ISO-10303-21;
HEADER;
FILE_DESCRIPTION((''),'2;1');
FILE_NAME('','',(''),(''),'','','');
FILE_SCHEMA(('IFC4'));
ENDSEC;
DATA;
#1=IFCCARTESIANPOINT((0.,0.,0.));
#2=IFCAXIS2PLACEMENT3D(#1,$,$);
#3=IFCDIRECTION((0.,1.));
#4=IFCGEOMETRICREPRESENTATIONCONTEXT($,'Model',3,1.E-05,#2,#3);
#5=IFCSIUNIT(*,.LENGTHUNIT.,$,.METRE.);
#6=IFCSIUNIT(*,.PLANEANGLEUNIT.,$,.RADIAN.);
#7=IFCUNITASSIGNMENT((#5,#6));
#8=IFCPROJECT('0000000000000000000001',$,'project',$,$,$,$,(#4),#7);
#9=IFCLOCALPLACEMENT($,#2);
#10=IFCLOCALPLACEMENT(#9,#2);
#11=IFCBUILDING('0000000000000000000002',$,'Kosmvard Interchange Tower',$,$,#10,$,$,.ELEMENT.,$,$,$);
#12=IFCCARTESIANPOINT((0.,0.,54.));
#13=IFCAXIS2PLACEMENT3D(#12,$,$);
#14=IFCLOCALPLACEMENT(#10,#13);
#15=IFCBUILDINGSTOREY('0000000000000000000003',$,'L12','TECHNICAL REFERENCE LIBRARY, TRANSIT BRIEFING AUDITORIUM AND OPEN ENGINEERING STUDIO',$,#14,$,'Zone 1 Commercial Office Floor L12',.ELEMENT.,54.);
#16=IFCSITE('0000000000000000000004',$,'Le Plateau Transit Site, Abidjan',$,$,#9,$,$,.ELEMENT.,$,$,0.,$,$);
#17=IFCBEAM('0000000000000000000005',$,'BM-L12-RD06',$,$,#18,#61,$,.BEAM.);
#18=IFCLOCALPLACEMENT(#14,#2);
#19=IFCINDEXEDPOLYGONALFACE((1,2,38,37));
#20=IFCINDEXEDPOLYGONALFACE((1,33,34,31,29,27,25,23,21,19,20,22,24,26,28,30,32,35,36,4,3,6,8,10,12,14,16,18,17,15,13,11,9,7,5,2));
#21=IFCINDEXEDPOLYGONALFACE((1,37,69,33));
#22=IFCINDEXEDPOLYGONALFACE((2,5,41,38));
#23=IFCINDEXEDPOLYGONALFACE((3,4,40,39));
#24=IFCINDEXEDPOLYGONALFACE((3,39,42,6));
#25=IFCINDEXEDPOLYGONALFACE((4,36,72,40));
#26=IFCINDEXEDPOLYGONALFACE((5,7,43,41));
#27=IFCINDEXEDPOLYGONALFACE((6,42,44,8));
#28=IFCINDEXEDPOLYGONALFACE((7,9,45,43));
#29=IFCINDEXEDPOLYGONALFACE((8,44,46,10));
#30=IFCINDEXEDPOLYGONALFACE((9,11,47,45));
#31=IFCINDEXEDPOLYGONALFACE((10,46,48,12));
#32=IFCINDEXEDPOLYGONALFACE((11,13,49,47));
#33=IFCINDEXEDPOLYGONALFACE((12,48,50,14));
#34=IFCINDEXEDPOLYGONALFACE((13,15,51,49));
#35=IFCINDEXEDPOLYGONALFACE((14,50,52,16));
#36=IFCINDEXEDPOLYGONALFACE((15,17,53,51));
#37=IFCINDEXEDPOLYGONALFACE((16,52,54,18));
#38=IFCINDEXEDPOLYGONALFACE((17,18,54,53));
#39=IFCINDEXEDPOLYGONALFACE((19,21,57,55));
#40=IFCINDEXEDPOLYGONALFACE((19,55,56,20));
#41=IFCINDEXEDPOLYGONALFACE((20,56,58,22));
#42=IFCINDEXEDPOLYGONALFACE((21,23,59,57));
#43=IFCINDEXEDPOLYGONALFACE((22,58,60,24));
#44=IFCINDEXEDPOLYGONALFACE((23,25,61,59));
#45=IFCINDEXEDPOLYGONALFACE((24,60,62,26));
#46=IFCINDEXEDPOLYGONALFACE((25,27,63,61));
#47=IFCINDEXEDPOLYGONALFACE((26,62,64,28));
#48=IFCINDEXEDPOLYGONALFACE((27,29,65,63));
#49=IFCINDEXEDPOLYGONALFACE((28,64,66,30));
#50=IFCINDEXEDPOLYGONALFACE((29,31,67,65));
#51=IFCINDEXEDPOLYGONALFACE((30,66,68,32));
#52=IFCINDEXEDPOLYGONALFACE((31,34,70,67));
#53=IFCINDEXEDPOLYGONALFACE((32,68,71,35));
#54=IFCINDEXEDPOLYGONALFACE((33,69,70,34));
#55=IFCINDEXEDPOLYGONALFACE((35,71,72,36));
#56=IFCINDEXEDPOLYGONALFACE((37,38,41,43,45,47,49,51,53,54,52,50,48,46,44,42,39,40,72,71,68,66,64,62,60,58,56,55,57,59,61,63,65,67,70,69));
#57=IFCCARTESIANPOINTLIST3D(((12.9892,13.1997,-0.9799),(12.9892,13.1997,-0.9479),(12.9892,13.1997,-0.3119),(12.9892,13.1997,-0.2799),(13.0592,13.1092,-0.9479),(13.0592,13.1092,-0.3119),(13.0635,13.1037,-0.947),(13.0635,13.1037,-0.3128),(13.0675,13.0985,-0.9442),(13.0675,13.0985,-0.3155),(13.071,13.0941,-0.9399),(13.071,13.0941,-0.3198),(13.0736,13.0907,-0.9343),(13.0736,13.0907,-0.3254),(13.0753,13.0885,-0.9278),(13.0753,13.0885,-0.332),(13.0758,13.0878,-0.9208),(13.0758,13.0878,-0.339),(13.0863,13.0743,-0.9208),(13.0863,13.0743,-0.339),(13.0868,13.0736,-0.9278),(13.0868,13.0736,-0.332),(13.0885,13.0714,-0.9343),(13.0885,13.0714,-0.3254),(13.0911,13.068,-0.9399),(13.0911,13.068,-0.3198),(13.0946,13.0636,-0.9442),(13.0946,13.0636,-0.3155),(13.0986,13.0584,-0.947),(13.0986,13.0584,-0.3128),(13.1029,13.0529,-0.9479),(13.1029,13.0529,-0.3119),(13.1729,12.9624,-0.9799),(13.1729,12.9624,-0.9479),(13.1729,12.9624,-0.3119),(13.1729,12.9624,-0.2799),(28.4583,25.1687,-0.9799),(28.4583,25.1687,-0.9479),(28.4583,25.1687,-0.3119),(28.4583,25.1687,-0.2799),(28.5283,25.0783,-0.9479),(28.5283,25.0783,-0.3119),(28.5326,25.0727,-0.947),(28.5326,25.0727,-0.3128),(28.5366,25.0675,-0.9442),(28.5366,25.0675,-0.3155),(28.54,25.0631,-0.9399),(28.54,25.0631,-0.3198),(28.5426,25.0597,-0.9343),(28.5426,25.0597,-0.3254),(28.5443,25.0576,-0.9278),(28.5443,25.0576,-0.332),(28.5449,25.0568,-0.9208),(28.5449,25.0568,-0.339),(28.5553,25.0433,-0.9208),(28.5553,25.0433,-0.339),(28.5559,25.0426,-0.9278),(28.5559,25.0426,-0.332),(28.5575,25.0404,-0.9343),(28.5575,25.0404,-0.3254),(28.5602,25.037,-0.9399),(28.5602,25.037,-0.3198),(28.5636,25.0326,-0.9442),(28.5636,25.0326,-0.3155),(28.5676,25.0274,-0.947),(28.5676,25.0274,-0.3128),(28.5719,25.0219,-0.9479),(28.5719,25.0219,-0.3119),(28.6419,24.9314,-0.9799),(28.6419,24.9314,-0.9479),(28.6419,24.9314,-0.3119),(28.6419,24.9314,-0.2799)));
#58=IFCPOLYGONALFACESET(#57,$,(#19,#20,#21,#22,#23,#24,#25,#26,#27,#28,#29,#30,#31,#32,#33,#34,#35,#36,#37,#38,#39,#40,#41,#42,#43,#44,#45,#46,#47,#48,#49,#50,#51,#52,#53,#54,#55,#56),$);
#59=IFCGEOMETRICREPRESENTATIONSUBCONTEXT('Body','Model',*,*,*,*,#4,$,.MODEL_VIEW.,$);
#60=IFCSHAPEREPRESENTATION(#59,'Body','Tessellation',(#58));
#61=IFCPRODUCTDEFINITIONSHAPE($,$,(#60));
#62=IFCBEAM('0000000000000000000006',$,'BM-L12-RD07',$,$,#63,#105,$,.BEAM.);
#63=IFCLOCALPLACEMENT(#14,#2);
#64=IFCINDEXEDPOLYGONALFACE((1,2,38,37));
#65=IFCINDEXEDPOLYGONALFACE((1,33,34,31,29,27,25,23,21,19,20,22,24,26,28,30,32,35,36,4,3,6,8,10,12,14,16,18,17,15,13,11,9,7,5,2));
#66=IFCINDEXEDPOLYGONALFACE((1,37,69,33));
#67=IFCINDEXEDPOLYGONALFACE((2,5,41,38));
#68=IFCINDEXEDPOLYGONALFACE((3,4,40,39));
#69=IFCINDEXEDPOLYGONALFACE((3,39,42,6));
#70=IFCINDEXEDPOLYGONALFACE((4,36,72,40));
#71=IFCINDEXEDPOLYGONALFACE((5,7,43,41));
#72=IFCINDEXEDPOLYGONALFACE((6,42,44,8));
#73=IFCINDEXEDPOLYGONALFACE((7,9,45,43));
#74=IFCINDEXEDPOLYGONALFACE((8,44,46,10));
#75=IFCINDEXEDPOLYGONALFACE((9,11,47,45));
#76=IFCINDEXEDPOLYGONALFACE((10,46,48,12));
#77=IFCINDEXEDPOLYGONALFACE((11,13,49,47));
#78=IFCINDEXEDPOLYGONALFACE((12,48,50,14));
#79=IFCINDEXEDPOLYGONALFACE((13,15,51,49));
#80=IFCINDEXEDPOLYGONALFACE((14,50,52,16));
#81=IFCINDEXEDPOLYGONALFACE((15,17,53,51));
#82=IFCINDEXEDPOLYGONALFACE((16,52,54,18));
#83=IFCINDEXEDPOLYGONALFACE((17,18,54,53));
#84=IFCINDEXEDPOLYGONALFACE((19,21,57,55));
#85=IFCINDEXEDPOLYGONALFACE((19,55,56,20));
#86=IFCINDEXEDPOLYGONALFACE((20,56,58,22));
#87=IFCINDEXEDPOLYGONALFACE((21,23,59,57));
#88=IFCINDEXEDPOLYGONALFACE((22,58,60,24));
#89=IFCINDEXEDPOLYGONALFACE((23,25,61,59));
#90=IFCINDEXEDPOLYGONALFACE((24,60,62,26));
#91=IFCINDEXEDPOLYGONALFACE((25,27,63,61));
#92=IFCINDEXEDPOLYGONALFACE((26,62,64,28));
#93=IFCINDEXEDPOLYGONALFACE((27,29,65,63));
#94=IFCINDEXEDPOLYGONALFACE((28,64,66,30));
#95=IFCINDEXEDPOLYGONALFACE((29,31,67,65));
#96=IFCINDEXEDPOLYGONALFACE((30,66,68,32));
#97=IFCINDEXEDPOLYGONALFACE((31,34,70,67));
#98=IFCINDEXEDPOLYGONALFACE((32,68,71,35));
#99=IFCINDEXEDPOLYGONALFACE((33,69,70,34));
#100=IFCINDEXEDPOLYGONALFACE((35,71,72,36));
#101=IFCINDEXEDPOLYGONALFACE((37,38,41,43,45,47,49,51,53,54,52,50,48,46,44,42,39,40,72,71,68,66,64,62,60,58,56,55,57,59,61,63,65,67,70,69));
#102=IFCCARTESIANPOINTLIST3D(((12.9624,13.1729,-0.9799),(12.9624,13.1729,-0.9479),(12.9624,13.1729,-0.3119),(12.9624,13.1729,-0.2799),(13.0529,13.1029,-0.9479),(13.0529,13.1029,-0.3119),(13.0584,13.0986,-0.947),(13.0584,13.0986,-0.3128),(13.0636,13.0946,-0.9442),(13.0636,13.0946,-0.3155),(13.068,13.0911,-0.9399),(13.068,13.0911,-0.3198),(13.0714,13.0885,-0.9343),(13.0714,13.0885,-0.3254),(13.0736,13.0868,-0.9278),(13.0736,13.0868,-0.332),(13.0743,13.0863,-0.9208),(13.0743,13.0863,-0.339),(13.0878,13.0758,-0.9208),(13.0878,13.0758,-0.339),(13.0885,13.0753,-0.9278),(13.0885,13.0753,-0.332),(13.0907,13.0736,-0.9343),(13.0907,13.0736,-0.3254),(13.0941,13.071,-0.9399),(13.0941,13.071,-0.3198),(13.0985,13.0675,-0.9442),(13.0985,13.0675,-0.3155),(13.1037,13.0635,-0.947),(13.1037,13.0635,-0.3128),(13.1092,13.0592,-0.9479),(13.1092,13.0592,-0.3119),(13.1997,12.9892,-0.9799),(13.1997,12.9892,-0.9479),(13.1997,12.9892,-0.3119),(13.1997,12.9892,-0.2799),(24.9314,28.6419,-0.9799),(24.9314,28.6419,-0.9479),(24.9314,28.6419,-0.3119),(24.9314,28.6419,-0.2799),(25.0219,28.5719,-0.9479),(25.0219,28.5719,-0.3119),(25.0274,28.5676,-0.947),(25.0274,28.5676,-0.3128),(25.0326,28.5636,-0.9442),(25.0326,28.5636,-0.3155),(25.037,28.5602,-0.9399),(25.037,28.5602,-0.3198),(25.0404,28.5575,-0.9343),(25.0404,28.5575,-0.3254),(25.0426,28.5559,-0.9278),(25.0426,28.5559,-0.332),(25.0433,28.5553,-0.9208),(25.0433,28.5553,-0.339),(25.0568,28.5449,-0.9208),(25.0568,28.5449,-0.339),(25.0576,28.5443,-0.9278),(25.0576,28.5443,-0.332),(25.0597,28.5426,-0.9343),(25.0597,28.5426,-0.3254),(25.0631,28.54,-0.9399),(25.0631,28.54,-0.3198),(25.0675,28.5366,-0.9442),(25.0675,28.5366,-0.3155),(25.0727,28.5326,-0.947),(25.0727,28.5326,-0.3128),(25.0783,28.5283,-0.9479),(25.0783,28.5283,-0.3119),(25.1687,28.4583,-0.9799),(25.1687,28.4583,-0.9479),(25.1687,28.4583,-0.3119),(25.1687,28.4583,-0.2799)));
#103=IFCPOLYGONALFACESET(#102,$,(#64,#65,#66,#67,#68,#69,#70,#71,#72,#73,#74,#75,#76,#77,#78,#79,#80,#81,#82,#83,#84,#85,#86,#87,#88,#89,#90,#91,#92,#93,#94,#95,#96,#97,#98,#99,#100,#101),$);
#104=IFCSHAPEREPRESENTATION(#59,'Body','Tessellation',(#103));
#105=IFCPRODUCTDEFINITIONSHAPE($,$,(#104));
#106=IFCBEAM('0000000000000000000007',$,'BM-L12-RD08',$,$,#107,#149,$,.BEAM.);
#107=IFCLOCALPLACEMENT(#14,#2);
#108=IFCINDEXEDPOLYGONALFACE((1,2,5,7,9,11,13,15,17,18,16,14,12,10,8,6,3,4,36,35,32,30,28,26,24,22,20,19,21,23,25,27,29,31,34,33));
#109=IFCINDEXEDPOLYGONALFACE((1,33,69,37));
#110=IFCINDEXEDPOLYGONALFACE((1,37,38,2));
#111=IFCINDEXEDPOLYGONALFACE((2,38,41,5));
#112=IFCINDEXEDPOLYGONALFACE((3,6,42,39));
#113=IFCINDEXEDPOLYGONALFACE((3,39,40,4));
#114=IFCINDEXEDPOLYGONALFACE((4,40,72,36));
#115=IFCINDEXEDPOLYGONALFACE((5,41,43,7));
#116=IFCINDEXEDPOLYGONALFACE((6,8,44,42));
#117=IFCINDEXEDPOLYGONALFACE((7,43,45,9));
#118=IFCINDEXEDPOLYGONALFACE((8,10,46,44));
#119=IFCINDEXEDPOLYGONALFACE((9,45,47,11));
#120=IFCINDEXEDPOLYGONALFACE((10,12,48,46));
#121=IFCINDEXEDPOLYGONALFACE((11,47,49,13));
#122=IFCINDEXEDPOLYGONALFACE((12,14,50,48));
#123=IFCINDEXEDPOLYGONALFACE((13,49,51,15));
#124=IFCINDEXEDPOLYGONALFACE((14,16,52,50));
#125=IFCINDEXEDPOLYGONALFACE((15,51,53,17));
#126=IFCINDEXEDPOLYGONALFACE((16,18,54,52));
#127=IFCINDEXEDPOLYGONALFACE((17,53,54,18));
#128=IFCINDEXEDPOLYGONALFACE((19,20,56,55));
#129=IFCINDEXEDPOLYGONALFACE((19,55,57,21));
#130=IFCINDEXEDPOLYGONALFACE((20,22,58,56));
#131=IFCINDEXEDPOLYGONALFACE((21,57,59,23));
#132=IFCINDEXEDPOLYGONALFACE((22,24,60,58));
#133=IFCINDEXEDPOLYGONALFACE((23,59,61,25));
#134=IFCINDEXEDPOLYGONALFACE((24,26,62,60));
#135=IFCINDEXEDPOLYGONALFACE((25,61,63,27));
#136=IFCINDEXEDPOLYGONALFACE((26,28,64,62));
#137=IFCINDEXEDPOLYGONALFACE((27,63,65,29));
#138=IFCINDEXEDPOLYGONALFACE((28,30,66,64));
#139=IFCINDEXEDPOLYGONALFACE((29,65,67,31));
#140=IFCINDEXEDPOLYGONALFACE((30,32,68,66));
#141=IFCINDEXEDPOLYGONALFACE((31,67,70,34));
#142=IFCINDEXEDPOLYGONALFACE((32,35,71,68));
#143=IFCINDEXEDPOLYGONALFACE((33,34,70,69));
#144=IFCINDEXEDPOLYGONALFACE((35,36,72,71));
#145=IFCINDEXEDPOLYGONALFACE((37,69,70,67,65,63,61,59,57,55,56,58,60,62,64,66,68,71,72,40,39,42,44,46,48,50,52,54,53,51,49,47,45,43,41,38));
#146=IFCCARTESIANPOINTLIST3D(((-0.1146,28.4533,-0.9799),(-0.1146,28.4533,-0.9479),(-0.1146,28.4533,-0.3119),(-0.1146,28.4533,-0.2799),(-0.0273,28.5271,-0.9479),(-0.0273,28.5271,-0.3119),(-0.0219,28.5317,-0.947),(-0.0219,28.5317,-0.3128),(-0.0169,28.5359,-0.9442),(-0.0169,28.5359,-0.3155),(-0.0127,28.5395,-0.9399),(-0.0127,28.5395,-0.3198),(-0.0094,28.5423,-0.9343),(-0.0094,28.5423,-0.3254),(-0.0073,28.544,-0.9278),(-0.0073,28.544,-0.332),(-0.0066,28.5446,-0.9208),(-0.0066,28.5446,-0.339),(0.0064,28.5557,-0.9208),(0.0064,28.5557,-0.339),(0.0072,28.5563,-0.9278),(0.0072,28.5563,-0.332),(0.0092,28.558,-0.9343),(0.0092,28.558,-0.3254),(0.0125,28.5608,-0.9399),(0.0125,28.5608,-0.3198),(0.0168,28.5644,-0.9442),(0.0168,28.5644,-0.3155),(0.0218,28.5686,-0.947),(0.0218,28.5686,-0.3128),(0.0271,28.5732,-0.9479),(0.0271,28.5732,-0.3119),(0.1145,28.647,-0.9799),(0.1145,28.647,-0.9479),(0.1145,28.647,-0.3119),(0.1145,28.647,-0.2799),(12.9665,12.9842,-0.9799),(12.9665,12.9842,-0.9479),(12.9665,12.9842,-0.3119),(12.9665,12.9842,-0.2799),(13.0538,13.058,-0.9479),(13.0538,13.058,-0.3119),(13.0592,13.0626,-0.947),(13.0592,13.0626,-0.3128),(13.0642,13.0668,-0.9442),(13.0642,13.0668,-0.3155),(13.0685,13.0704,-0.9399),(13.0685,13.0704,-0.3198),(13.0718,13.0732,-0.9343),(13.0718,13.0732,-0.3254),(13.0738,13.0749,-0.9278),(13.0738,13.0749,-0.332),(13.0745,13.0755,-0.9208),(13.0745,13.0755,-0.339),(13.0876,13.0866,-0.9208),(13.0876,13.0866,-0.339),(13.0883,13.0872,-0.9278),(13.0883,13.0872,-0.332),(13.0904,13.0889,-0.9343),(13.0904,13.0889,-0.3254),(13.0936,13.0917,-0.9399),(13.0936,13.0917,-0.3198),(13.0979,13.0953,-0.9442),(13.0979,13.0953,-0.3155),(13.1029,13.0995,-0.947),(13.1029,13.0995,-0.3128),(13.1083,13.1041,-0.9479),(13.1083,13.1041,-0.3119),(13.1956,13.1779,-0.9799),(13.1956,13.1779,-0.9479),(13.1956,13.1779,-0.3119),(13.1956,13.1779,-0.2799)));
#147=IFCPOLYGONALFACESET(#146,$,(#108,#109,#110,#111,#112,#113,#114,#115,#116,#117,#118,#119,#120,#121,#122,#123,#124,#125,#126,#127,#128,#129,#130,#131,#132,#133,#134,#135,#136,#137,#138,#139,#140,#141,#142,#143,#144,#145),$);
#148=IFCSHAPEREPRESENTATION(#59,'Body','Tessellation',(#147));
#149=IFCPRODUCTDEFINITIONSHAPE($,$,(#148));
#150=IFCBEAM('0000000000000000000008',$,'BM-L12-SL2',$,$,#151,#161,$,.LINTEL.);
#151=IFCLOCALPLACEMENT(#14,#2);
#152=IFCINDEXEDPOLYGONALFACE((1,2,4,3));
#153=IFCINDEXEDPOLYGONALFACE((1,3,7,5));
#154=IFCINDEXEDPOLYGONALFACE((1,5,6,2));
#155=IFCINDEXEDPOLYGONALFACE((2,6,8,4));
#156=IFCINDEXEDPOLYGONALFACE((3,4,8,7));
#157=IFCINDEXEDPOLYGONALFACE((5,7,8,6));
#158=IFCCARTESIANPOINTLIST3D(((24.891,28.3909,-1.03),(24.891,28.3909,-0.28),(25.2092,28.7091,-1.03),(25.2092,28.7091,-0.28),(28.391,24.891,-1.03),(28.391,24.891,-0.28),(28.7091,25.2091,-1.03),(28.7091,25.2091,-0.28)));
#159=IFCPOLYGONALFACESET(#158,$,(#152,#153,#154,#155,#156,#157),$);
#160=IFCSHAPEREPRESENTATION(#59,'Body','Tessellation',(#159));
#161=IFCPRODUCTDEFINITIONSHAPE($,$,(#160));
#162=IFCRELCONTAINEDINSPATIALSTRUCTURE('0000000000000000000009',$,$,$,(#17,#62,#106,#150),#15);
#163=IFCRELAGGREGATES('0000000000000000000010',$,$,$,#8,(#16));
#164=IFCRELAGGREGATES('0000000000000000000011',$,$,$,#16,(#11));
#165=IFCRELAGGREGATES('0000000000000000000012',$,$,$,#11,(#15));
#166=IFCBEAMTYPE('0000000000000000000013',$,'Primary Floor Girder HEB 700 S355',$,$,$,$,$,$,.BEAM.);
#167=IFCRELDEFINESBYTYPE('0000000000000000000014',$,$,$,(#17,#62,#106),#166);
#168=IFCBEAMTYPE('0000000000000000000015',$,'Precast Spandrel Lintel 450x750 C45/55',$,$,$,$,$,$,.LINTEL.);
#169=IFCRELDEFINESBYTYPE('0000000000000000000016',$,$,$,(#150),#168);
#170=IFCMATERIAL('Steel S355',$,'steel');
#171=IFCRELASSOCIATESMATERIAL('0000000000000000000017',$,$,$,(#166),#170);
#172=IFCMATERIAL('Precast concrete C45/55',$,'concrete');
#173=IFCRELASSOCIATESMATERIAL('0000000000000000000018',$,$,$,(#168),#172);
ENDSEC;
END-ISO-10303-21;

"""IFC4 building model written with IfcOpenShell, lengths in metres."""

from ifc_helpers import new_model, si_unit, direction, frame, origin, origin_2d, place, context, subcontext, project, spatial, rectangle, i_section, extrude, source, transform, mapped, material, material_profile, profile_set, type_object, element, save


model = new_model("IFC4")

# Units and contexts
model_context = context("Model", 3, precision=1e-05, world=origin(), true_north=direction((0.0, 1.0)))
body_context = subcontext(model_context, "Body", "Model", "MODEL_VIEW")
ifc_project = project(units=[si_unit("LENGTHUNIT", "METRE"), si_unit("PLANEANGLEUNIT", "RADIAN")], contexts=[model_context])

# Site, building, storey
site_placement = place(None, origin())
site = spatial("IfcSite", under=ifc_project, at=site_placement, Name="Le Plateau Transit Site, Abidjan", CompositionType="ELEMENT", RefElevation=0.0)
building_placement = place(site_placement, origin())
building = spatial("IfcBuilding", under=site, at=building_placement, Name="Kosmvard Interchange Tower", CompositionType="ELEMENT")
storey_placement = place(building_placement, frame((0.0, 0.0, 54.0)))
storey = spatial("IfcBuildingStorey", under=building, at=storey_placement, Name="L12", Description="TECHNICAL REFERENCE LIBRARY, TRANSIT BRIEFING AUDITORIUM AND OPEN ENGINEERING STUDIO", LongName="Zone 1 Commercial Office Floor L12", CompositionType="ELEMENT", Elevation=54.0)

# Beams
ifc_material_1 = material(Name="Steel S355", Category="steel")
ifc_material_profile_1 = material_profile(ifc_material_1, i_section(OverallWidth=0.3, OverallDepth=0.7, WebThickness=0.0171, FlangeThickness=0.032, FilletRadius=0.0271, at=origin_2d()), Name="HEB 700")
ifc_profile_set_1 = profile_set([ifc_material_profile_1], Name="Steel S355")
beam_type_1 = type_object("IfcBeamType", Name="Primary Floor Girder HEB 700 S355", PredefinedType="BEAM", material=ifc_profile_set_1)
shared_shape_1 = source(origin(), body_context, "Body", "SweptSolid", [
    extrude(i_section(OverallWidth=0.3, OverallDepth=0.7, WebThickness=0.0171, FlangeThickness=0.032, FilletRadius=0.0271, at=origin_2d()), origin(), (0.0, 0.0, 1.0), 19.5588),
])
for number, where, z_axis, x_axis, name in (
    (1, (13.0811, 13.0811, -0.6299), (0.790897, 0.611949, 0.0), (-0.611949, 0.790897, 0.0), "BM-L12-RD06"),
    (2, (13.0811, 13.0811, -0.6299), (0.611949, 0.790897, 0.0), (-0.790897, 0.611949, 0.0), "BM-L12-RD07"),
):
    element("IfcBeam", number, at=place(storey_placement, frame(where, z_axis=z_axis, x_axis=x_axis)), inside=storey, type_object=beam_type_1, Name=name, PredefinedType="BEAM", context=body_context, shape_type="MappedRepresentation", body=[
        mapped(shared_shape_1, transform((0.0, 0.0, 0.0), scale=1.0)),
    ])
shared_shape_2 = source(origin(), body_context, "Body", "SweptSolid", [
    extrude(i_section(OverallWidth=0.3, OverallDepth=0.7, WebThickness=0.0171, FlangeThickness=0.032, FilletRadius=0.0271, at=origin_2d()), origin(), (0.0, 0.0, 1.0), 20.2585),
])
beam_1_placement = place(storey_placement, frame((13.0811, 13.0811, -0.6299), z_axis=(-0.645709, 0.763583, 0.0), x_axis=(-0.763583, -0.645709, 0.0)))
element("IfcBeam", 3, at=beam_1_placement, inside=storey, type_object=beam_type_1, Name="BM-L12-RD08", PredefinedType="BEAM", context=body_context, shape_type="MappedRepresentation", body=[
    mapped(shared_shape_2, transform((0.0, 0.0, 0.0), scale=1.0)),
])
ifc_material_2 = material(Name="Precast concrete C45/55", Category="concrete")
ifc_material_profile_2 = material_profile(ifc_material_2, rectangle(XDim=0.45, YDim=0.75, at=origin_2d()), Name="SL 450x750")
ifc_profile_set_2 = profile_set([ifc_material_profile_2], Name="Precast concrete C45/55")
beam_type_2 = type_object("IfcBeamType", Name="Precast Spandrel Lintel 450x750 C45/55", PredefinedType="LINTEL", material=ifc_profile_set_2)
shared_shape_3 = source(origin(), body_context, "Body", "SweptSolid", [
    extrude(rectangle(XDim=0.45, YDim=0.75, at=origin_2d()), origin(), (0.0, 0.0, 1.0), 4.9497),
])
beam_2_placement = place(storey_placement, frame((28.55, 25.05, -0.655), z_axis=(-0.707107, 0.707107, 0.0), x_axis=(-0.707107, -0.707107, 0.0)))
element("IfcBeam", 4, at=beam_2_placement, inside=storey, type_object=beam_type_2, Name="BM-L12-SL2", PredefinedType="LINTEL", context=body_context, shape_type="MappedRepresentation", body=[
    mapped(shared_shape_3, transform((0.0, 0.0, 0.0), scale=1.0)),
])

save(model, "model.ifc")
